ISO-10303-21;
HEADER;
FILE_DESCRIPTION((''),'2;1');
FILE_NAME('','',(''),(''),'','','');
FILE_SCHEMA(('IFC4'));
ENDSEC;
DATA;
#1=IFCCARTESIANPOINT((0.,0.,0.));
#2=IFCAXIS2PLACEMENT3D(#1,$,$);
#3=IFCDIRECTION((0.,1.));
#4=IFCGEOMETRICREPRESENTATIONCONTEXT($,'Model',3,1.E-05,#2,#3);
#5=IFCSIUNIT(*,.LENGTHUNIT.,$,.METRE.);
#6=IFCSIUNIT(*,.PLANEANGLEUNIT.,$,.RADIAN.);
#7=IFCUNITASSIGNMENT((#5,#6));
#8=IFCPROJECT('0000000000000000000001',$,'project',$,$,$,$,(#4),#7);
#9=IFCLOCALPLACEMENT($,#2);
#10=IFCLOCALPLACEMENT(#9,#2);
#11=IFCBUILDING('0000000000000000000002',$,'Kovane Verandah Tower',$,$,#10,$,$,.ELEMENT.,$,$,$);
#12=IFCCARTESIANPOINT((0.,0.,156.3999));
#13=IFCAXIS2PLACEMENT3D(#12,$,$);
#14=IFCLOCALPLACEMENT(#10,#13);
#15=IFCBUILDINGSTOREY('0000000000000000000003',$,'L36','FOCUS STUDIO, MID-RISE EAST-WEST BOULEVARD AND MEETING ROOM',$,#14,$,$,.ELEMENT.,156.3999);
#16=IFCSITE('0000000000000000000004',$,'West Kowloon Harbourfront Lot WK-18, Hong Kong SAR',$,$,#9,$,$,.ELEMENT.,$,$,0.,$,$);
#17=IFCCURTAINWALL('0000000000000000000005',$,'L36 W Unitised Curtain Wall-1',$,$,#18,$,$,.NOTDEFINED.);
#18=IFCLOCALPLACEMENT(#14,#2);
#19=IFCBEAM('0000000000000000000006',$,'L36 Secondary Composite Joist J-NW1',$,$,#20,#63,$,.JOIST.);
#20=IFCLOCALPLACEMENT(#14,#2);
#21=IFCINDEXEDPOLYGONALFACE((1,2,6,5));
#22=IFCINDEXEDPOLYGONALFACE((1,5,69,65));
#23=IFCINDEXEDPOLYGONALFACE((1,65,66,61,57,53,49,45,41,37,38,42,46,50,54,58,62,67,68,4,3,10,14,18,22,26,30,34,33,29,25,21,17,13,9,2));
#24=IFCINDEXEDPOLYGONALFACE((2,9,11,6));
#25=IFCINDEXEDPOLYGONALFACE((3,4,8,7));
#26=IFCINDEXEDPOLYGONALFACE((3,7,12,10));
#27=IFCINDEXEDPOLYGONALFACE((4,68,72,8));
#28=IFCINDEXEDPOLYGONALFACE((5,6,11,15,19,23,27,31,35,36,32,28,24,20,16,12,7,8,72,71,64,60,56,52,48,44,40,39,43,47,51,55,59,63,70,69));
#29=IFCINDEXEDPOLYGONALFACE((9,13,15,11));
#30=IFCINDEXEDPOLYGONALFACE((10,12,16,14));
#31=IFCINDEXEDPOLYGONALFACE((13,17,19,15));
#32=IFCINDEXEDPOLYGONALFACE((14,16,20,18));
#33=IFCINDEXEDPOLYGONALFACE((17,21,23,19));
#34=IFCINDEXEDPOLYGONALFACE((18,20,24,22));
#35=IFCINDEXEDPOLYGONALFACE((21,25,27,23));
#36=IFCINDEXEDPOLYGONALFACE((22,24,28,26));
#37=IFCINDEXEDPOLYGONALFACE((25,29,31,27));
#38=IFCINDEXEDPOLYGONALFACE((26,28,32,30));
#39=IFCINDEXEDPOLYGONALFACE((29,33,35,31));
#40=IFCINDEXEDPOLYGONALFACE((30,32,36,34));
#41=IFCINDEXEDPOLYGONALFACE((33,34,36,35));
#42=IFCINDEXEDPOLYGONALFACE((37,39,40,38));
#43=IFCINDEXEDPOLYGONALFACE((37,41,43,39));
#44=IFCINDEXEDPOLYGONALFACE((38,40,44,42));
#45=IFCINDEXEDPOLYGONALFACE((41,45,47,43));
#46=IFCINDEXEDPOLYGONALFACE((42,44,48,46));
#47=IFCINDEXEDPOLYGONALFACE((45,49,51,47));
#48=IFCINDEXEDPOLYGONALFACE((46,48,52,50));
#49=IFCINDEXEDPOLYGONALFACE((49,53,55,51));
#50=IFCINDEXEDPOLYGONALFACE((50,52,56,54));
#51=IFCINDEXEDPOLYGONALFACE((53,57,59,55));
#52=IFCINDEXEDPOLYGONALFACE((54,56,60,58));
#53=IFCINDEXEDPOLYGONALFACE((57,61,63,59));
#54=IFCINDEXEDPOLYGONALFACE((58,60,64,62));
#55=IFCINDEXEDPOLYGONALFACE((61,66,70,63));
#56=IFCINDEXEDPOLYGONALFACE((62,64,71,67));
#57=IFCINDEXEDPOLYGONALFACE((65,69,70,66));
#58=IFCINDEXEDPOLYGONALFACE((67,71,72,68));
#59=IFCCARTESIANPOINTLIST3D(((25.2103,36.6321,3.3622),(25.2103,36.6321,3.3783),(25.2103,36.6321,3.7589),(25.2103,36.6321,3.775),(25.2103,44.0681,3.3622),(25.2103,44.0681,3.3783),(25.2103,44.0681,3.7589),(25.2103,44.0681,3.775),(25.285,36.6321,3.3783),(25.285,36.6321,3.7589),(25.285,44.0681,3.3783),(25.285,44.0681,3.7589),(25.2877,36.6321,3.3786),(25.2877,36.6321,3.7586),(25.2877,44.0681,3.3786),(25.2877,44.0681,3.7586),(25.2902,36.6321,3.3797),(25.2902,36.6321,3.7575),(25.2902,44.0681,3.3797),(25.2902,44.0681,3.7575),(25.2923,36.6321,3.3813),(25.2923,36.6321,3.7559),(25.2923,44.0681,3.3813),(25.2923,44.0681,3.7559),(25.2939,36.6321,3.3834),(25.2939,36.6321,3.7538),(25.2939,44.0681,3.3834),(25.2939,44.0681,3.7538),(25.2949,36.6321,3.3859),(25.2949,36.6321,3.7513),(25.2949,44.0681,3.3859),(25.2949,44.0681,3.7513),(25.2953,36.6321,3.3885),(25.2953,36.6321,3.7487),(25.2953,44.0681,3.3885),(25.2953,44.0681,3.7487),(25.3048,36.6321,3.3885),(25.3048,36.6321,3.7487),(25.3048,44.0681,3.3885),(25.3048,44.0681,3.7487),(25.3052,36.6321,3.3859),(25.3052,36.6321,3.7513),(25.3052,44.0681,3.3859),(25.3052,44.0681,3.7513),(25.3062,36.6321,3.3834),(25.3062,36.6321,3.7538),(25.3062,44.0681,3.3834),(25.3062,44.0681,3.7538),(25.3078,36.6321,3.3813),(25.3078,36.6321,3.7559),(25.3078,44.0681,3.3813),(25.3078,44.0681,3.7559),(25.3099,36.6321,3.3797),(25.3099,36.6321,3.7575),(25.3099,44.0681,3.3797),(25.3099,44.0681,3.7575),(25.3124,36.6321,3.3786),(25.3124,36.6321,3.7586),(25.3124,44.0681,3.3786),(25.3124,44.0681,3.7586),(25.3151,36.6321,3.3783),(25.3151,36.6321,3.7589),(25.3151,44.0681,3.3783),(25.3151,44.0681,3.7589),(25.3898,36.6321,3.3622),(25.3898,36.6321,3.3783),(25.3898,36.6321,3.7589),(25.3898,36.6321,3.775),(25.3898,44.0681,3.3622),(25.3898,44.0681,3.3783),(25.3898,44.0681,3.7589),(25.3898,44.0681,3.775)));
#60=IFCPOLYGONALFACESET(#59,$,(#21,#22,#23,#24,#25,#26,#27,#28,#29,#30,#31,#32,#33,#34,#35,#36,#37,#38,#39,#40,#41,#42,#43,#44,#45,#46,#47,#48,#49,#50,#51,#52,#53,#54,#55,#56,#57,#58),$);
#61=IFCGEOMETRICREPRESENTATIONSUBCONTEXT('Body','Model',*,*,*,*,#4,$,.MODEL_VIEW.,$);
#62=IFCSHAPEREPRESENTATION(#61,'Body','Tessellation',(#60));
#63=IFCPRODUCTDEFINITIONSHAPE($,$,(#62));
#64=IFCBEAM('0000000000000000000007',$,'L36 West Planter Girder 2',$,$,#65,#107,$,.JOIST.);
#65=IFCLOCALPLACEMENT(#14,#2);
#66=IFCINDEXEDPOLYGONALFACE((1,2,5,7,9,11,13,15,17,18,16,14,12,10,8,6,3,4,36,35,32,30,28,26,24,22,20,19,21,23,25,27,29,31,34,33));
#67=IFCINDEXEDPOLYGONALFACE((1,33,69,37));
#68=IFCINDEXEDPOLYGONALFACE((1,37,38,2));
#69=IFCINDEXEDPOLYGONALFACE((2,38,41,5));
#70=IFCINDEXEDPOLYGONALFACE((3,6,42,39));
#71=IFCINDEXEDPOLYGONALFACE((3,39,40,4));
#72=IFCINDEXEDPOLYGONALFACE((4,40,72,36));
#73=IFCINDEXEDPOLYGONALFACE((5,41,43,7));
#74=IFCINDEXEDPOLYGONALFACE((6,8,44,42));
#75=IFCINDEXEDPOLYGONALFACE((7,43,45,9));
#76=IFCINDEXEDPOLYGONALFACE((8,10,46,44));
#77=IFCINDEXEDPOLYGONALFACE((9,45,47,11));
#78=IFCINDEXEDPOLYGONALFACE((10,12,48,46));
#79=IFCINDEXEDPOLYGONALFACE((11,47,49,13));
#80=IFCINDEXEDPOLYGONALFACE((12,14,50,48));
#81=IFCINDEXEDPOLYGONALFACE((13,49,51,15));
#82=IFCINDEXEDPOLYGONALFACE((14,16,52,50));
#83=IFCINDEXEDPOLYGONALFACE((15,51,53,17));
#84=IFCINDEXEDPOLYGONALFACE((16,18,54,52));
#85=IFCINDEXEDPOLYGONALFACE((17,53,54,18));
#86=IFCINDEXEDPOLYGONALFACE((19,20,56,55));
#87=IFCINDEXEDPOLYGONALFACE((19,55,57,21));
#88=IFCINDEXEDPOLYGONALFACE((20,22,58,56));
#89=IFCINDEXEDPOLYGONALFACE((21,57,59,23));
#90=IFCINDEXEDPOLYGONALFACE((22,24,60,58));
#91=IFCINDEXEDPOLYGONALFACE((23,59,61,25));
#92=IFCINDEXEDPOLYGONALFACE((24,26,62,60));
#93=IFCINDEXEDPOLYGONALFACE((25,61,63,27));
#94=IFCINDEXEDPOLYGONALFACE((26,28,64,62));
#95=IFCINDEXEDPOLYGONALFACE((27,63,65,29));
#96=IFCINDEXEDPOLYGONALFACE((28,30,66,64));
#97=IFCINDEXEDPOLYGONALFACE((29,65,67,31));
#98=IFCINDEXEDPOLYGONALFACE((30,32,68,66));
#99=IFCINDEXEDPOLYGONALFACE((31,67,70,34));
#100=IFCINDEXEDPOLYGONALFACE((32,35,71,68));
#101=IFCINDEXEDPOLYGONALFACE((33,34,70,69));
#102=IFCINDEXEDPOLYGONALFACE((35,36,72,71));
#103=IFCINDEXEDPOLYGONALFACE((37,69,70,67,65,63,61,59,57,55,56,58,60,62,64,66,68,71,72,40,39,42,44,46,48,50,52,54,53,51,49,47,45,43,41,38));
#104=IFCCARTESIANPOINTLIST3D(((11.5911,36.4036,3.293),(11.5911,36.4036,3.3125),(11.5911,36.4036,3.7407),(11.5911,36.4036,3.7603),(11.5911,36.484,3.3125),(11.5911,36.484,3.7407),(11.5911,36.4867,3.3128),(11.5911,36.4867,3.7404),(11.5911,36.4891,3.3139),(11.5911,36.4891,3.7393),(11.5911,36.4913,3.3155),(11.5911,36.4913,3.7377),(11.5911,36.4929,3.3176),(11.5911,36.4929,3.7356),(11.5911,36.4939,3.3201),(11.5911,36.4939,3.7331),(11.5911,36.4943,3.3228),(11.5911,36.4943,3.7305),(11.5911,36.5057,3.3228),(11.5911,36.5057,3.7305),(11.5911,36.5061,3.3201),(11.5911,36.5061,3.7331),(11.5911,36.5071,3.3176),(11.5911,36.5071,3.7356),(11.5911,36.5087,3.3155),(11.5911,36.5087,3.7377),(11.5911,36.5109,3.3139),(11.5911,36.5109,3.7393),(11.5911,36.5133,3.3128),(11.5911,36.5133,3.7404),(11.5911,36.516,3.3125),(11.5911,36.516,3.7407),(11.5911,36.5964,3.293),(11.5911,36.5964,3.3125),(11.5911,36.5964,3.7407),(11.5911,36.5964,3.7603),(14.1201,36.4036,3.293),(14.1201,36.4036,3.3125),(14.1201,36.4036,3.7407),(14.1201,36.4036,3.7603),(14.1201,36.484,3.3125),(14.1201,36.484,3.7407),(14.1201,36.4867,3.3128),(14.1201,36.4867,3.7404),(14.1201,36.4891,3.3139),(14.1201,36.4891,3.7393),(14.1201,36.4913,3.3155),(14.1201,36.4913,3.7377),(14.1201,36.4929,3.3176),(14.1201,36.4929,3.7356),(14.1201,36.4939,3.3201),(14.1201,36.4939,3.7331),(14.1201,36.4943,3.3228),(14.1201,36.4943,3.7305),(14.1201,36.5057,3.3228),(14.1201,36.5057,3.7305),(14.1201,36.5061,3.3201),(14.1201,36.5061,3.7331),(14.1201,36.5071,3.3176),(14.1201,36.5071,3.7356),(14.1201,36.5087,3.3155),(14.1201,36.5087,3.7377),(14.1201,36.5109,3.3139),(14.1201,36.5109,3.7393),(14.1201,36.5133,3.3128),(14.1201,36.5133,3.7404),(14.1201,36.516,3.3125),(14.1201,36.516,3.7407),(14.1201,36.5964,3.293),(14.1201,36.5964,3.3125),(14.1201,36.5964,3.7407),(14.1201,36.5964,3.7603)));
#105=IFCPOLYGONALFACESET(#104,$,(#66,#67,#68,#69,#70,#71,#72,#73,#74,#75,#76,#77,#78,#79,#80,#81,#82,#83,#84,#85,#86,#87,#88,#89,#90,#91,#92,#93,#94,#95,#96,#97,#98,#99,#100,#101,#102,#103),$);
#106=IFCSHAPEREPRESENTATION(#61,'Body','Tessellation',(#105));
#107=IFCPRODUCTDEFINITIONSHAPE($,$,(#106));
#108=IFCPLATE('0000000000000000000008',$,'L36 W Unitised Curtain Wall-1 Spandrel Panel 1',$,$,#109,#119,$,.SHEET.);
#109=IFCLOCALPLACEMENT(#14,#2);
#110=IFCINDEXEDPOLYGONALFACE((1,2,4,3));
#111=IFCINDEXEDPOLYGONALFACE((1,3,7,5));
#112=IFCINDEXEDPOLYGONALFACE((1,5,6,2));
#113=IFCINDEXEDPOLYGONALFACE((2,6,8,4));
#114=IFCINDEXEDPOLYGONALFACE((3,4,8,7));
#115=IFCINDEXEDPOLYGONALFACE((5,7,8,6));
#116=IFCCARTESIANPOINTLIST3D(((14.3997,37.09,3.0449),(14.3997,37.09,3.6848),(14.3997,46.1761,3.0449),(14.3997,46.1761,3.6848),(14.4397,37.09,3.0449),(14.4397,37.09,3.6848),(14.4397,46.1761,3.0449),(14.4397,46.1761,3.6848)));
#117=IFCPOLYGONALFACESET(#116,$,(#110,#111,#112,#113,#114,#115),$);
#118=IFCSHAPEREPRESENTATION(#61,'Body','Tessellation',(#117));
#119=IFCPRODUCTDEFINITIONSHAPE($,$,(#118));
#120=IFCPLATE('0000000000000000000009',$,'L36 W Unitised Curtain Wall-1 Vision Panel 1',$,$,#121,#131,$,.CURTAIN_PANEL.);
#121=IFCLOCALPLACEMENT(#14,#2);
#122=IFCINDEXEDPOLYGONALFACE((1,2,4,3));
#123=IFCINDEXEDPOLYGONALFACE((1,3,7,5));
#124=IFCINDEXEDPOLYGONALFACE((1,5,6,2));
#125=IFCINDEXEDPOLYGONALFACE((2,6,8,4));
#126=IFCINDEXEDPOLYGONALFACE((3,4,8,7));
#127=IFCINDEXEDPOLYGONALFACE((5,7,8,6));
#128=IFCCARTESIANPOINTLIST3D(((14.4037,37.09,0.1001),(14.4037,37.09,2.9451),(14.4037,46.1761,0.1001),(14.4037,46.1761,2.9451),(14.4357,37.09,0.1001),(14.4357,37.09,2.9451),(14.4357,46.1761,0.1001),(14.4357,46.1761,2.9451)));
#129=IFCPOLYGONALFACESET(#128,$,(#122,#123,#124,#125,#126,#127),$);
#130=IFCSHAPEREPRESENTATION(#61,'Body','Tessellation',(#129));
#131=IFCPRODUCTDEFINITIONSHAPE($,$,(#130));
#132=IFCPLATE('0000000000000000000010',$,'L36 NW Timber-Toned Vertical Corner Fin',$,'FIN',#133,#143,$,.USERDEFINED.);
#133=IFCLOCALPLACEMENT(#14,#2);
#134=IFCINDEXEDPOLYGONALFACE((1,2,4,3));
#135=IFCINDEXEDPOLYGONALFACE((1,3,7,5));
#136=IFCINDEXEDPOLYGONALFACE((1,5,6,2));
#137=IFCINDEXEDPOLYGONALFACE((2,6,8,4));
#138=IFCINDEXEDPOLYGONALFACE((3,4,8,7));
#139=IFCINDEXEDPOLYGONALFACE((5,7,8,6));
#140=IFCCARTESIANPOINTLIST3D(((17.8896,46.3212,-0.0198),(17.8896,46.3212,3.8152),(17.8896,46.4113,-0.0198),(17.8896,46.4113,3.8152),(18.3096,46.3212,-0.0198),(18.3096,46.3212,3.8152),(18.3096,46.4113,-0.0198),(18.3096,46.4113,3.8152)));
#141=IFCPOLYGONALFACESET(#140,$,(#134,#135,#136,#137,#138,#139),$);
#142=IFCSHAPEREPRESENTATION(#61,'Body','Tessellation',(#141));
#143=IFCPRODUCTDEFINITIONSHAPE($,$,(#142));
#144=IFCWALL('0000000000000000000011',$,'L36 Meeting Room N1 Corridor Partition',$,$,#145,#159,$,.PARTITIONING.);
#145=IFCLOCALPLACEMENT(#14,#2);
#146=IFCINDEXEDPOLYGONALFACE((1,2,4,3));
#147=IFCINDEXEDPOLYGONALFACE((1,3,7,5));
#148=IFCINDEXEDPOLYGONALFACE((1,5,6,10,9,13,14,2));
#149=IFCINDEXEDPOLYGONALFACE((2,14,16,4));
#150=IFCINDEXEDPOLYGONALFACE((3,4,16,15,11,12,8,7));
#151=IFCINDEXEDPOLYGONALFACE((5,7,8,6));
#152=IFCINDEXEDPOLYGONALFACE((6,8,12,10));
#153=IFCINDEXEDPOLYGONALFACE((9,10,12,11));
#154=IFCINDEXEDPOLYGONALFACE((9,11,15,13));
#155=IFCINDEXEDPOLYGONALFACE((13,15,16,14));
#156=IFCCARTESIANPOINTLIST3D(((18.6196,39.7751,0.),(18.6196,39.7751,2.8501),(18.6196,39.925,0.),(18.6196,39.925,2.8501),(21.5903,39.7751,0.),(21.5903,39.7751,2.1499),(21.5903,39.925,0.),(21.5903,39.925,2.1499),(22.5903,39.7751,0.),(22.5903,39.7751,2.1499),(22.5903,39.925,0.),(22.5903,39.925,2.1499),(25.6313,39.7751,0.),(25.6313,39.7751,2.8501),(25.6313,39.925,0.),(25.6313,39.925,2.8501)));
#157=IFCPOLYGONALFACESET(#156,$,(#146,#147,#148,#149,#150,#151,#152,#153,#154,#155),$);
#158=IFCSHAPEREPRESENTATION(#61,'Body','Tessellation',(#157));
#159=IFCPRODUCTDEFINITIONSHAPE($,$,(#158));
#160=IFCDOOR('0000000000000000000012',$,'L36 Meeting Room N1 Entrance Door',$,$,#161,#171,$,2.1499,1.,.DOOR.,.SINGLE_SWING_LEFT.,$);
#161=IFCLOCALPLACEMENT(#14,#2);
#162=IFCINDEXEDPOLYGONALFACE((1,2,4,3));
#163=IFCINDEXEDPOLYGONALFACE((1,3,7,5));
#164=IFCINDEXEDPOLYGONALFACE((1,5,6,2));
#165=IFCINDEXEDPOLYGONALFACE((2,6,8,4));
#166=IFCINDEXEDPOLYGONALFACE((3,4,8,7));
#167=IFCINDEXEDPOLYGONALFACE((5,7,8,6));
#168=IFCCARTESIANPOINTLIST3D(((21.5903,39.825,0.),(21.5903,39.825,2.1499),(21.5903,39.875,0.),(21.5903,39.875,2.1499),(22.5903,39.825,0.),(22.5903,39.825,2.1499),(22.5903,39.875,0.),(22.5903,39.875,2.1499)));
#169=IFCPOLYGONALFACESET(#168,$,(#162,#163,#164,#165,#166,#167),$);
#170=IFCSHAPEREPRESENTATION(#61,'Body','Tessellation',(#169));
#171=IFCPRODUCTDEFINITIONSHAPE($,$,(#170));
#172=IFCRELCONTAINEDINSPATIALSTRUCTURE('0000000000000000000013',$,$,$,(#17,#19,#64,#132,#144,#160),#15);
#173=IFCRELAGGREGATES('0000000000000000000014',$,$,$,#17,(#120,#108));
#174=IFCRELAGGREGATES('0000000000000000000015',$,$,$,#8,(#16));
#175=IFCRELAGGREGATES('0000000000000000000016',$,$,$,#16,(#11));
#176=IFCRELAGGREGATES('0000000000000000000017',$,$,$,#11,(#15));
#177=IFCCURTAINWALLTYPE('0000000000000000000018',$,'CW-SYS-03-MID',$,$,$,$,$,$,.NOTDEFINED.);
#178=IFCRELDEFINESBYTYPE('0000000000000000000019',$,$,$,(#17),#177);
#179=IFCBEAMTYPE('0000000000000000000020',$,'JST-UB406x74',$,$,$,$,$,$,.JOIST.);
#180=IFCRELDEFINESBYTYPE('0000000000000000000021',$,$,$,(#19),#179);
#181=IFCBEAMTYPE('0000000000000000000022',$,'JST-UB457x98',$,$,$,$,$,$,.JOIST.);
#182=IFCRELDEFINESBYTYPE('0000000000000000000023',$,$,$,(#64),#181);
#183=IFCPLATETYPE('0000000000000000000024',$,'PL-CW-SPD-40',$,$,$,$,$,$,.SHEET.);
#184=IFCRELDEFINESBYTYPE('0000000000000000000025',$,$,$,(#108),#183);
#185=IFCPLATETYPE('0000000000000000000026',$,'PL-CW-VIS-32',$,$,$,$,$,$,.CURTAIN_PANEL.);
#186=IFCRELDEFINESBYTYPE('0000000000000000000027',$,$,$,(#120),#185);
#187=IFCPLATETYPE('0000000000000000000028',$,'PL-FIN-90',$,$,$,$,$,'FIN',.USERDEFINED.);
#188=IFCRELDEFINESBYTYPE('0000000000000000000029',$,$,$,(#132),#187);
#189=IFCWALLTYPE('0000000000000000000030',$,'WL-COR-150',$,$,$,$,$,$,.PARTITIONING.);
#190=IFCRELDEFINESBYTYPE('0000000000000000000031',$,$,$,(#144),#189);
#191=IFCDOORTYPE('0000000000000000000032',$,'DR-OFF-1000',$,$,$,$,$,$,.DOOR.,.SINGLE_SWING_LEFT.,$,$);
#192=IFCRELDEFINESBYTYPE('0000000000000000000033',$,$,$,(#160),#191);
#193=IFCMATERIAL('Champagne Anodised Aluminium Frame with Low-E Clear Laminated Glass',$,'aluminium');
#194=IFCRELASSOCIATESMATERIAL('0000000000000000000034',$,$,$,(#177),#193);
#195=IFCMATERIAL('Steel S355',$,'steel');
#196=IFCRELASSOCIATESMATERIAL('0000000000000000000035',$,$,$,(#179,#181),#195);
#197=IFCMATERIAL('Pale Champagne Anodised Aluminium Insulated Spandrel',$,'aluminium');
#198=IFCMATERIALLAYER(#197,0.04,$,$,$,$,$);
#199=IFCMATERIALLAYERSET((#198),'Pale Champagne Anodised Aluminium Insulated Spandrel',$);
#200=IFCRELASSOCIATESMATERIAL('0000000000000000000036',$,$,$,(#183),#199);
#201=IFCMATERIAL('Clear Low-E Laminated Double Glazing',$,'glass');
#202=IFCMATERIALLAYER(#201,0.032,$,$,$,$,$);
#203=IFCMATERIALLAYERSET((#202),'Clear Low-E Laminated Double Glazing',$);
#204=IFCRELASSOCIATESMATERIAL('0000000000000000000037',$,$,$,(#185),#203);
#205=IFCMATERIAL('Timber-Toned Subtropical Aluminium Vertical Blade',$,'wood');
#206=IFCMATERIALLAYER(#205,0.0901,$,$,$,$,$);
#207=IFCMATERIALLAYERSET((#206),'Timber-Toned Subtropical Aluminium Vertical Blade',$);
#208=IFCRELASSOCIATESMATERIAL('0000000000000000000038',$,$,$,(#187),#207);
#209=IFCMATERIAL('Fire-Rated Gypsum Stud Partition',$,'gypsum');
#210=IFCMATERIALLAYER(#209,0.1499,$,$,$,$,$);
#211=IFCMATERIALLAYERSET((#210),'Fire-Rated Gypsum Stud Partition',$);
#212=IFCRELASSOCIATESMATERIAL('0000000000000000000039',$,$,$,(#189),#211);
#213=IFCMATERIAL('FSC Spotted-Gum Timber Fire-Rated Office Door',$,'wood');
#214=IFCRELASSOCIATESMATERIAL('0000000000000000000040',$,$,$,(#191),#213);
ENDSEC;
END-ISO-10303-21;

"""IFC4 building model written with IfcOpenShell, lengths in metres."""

from ifc_helpers import new_model, si_unit, direction, frame, frame_2d, origin, origin_2d, place, context, subcontext, project, spatial, rectangle, i_section, extrude, material, layer, layer_set, material_profile, profile_set, type_object, element, fill, aggregate, save


model = new_model("IFC4")

# Units and contexts
model_context = context("Model", 3, precision=1e-05, world=origin(), true_north=direction((0.0, 1.0)))
body_context = subcontext(model_context, "Body", "Model", "MODEL_VIEW")
ifc_project = project(units=[si_unit("LENGTHUNIT", "METRE"), si_unit("PLANEANGLEUNIT", "RADIAN")], contexts=[model_context])

# Site, building, storey
site_placement = place(None, origin())
site = spatial("IfcSite", under=ifc_project, at=site_placement, Name="West Kowloon Harbourfront Lot WK-18, Hong Kong SAR", CompositionType="ELEMENT", RefElevation=0.0)
building_placement = place(site_placement, origin())
building = spatial("IfcBuilding", under=site, at=building_placement, Name="Kovane Verandah Tower", CompositionType="ELEMENT")
storey_placement = place(building_placement, frame((0.0, 0.0, 156.3999)))
storey = spatial("IfcBuildingStorey", under=building, at=storey_placement, Name="L36", Description="FOCUS STUDIO, MID-RISE EAST-WEST BOULEVARD AND MEETING ROOM", CompositionType="ELEMENT", Elevation=156.3999)

# Shared definitions
ifc_material_1 = material(Name="Steel S355", Category="steel")

# Curtain wall
ifc_material_2 = material(Name="Champagne Anodised Aluminium Frame with Low-E Clear Laminated Glass", Category="aluminium")
curtain_wall_type = type_object("IfcCurtainWallType", Name="CW-SYS-03-MID", PredefinedType="NOTDEFINED", material=ifc_material_2)
curtain_wall_1_placement = place(storey_placement, origin())
curtain_wall_1 = element("IfcCurtainWall", 1, at=curtain_wall_1_placement, inside=storey, type_object=curtain_wall_type, Name="L36 W Unitised Curtain Wall-1", PredefinedType="NOTDEFINED")

# Beams
ifc_material_profile_1 = material_profile(ifc_material_1, i_section(OverallWidth=0.1794, OverallDepth=0.4128, WebThickness=0.0095, FlangeThickness=0.0161, FilletRadius=0.0103, at=origin_2d()), Name="UB406x178x74")
ifc_profile_set_1 = profile_set([ifc_material_profile_1], Name="Steel S355")
beam_type_1 = type_object("IfcBeamType", Name="JST-UB406x74", PredefinedType="JOIST", material=ifc_profile_set_1)
beam_1_placement = place(storey_placement, frame((25.3, 36.6321, 3.5686), z_axis=(0.0, 1.0, 0.0), x_axis=(-1.0, 0.0, 0.0)))
element("IfcBeam", 2, at=beam_1_placement, inside=storey, type_object=beam_type_1, Name="L36 Secondary Composite Joist J-NW1", PredefinedType="JOIST", context=body_context, shape_type="SweptSolid", body=[
    extrude(i_section(OverallWidth=0.1794, OverallDepth=0.4128, WebThickness=0.0095, FlangeThickness=0.0161, FilletRadius=0.0103, at=origin_2d()), origin(), (0.0, 0.0, 1.0), 7.436),
])
ifc_material_profile_2 = material_profile(ifc_material_1, i_section(OverallWidth=0.1929, OverallDepth=0.4673, WebThickness=0.0115, FlangeThickness=0.0195, FilletRadius=0.0103, at=origin_2d()), Name="UB457x191x98")
ifc_profile_set_2 = profile_set([ifc_material_profile_2], Name="Steel S355")
beam_type_2 = type_object("IfcBeamType", Name="JST-UB457x98", PredefinedType="JOIST", material=ifc_profile_set_2)
beam_2_placement = place(storey_placement, frame((14.1201, 36.5, 3.5266), z_axis=(-1.0, 0.0, 0.0), x_axis=(0.0, -1.0, 0.0)))
element("IfcBeam", 3, at=beam_2_placement, inside=storey, type_object=beam_type_2, Name="L36 West Planter Girder 2", PredefinedType="JOIST", context=body_context, shape_type="SweptSolid", body=[
    extrude(i_section(OverallWidth=0.1929, OverallDepth=0.4673, WebThickness=0.0115, FlangeThickness=0.0195, FilletRadius=0.0103, at=origin_2d()), origin(), (0.0, 0.0, 1.0), 2.5291),
])

# Plates
ifc_material_3 = material(Name="Pale Champagne Anodised Aluminium Insulated Spandrel", Category="aluminium")
ifc_layer_1 = layer(ifc_material_3, 0.04)
ifc_layer_set_1 = layer_set([ifc_layer_1], Name="Pale Champagne Anodised Aluminium Insulated Spandrel")
plate_type_1 = type_object("IfcPlateType", Name="PL-CW-SPD-40", PredefinedType="SHEET", material=ifc_layer_set_1)
plate_1_placement = place(storey_placement, frame((14.4197, 41.6331, 3.0449), z_axis=(0.0, 0.0, 1.0), x_axis=(0.0, -1.0, 0.0)))
plate_1 = element("IfcPlate", 4, at=plate_1_placement, type_object=plate_type_1, Name="L36 W Unitised Curtain Wall-1 Spandrel Panel 1", PredefinedType="SHEET", context=body_context, shape_type="SweptSolid", body=[
    extrude(rectangle(XDim=9.0862, YDim=0.04, at=origin_2d()), origin(), (0.0, 0.0, 1.0), 0.6399),
])
ifc_material_4 = material(Name="Clear Low-E Laminated Double Glazing", Category="glass")
ifc_layer_2 = layer(ifc_material_4, 0.032)
ifc_layer_set_2 = layer_set([ifc_layer_2], Name="Clear Low-E Laminated Double Glazing")
plate_type_2 = type_object("IfcPlateType", Name="PL-CW-VIS-32", PredefinedType="CURTAIN_PANEL", material=ifc_layer_set_2)
plate_2_placement = place(storey_placement, frame((14.4197, 41.6331, 0.1001), z_axis=(0.0, 0.0, 1.0), x_axis=(0.0, -1.0, 0.0)))
plate_2 = element("IfcPlate", 5, at=plate_2_placement, type_object=plate_type_2, Name="L36 W Unitised Curtain Wall-1 Vision Panel 1", PredefinedType="CURTAIN_PANEL", context=body_context, shape_type="SweptSolid", body=[
    extrude(rectangle(XDim=9.0862, YDim=0.032, at=origin_2d()), origin(), (0.0, 0.0, 1.0), 2.845),
])
aggregate(curtain_wall_1, [plate_2, plate_1])
ifc_material_5 = material(Name="Timber-Toned Subtropical Aluminium Vertical Blade", Category="wood")
ifc_layer_3 = layer(ifc_material_5, 0.0901)
ifc_layer_set_3 = layer_set([ifc_layer_3], Name="Timber-Toned Subtropical Aluminium Vertical Blade")
plate_type_3 = type_object("IfcPlateType", Name="PL-FIN-90", ElementType="FIN", PredefinedType="USERDEFINED", material=ifc_layer_set_3)
plate_3_placement = place(storey_placement, frame((18.0996, 46.3662, -0.0198), z_axis=(0.0, 0.0, 1.0), x_axis=(1.0, 0.0, 0.0)))
element("IfcPlate", 6, at=plate_3_placement, inside=storey, type_object=plate_type_3, Name="L36 NW Timber-Toned Vertical Corner Fin", ObjectType="FIN", PredefinedType="USERDEFINED", context=body_context, shape_type="SweptSolid", body=[
    extrude(rectangle(XDim=0.4199, YDim=0.0901, at=origin_2d()), origin(), (0.0, 0.0, 1.0), 3.835),
])

# Wall, opening, door
ifc_material_6 = material(Name="Fire-Rated Gypsum Stud Partition", Category="gypsum")
ifc_layer_4 = layer(ifc_material_6, 0.1499)
ifc_layer_set_4 = layer_set([ifc_layer_4], Name="Fire-Rated Gypsum Stud Partition")
wall_type_1 = type_object("IfcWallType", Name="WL-COR-150", PredefinedType="PARTITIONING", material=ifc_layer_set_4)
wall_1_placement = place(storey_placement, frame((18.6196, 39.8501, 0.0), z_axis=(0.0, 0.0, 1.0), x_axis=(1.0, 0.0, 0.0)))
wall_1 = element("IfcWall", 7, at=wall_1_placement, inside=storey, type_object=wall_type_1, Name="L36 Meeting Room N1 Corridor Partition", PredefinedType="PARTITIONING", context=body_context, shape_type="SweptSolid", body=[
    extrude(rectangle(XDim=7.0117, YDim=0.1499, at=frame_2d((3.5059, 0.0))), origin(), (0.0, 0.0, 1.0), 2.8501),
])
opening_1_placement = place(wall_1_placement, frame((2.9707, 0.0, 0.0)))
opening_1 = element("IfcOpeningElement", 8, at=opening_1_placement, cuts=wall_1, PredefinedType="OPENING", context=body_context, shape_type="SweptSolid", body=[
    extrude(rectangle(XDim=1.0, YDim=2.1499, at=frame_2d((0.5, 1.075))), frame((0.0, 0.075, 0.0), z_axis=(0.0, -1.0, 0.0), x_axis=(1.0, 0.0, 0.0)), (0.0, 0.0, 1.0), 0.1499),
])
ifc_material_7 = material(Name="FSC Spotted-Gum Timber Fire-Rated Office Door", Category="wood")
door_type = type_object("IfcDoorType", Name="DR-OFF-1000", OperationType="SINGLE_SWING_LEFT", PredefinedType="DOOR", material=ifc_material_7)
door_placement = place(opening_1_placement, origin())
door = element("IfcDoor", 9, at=door_placement, inside=storey, type_object=door_type, Name="L36 Meeting Room N1 Entrance Door", OperationType="SINGLE_SWING_LEFT", OverallHeight=2.1499, OverallWidth=1.0, PredefinedType="DOOR", context=body_context, shape_type="SweptSolid", body=[
    extrude(rectangle(XDim=1.0, YDim=2.1499, at=frame_2d((0.5, 1.075))), frame((0.0, 0.0249, 0.0), z_axis=(0.0, -1.0, 0.0), x_axis=(1.0, 0.0, 0.0)), (0.0, 0.0, 1.0), 0.05),
])
fill(opening_1, door)

save(model, "model.ifc")
